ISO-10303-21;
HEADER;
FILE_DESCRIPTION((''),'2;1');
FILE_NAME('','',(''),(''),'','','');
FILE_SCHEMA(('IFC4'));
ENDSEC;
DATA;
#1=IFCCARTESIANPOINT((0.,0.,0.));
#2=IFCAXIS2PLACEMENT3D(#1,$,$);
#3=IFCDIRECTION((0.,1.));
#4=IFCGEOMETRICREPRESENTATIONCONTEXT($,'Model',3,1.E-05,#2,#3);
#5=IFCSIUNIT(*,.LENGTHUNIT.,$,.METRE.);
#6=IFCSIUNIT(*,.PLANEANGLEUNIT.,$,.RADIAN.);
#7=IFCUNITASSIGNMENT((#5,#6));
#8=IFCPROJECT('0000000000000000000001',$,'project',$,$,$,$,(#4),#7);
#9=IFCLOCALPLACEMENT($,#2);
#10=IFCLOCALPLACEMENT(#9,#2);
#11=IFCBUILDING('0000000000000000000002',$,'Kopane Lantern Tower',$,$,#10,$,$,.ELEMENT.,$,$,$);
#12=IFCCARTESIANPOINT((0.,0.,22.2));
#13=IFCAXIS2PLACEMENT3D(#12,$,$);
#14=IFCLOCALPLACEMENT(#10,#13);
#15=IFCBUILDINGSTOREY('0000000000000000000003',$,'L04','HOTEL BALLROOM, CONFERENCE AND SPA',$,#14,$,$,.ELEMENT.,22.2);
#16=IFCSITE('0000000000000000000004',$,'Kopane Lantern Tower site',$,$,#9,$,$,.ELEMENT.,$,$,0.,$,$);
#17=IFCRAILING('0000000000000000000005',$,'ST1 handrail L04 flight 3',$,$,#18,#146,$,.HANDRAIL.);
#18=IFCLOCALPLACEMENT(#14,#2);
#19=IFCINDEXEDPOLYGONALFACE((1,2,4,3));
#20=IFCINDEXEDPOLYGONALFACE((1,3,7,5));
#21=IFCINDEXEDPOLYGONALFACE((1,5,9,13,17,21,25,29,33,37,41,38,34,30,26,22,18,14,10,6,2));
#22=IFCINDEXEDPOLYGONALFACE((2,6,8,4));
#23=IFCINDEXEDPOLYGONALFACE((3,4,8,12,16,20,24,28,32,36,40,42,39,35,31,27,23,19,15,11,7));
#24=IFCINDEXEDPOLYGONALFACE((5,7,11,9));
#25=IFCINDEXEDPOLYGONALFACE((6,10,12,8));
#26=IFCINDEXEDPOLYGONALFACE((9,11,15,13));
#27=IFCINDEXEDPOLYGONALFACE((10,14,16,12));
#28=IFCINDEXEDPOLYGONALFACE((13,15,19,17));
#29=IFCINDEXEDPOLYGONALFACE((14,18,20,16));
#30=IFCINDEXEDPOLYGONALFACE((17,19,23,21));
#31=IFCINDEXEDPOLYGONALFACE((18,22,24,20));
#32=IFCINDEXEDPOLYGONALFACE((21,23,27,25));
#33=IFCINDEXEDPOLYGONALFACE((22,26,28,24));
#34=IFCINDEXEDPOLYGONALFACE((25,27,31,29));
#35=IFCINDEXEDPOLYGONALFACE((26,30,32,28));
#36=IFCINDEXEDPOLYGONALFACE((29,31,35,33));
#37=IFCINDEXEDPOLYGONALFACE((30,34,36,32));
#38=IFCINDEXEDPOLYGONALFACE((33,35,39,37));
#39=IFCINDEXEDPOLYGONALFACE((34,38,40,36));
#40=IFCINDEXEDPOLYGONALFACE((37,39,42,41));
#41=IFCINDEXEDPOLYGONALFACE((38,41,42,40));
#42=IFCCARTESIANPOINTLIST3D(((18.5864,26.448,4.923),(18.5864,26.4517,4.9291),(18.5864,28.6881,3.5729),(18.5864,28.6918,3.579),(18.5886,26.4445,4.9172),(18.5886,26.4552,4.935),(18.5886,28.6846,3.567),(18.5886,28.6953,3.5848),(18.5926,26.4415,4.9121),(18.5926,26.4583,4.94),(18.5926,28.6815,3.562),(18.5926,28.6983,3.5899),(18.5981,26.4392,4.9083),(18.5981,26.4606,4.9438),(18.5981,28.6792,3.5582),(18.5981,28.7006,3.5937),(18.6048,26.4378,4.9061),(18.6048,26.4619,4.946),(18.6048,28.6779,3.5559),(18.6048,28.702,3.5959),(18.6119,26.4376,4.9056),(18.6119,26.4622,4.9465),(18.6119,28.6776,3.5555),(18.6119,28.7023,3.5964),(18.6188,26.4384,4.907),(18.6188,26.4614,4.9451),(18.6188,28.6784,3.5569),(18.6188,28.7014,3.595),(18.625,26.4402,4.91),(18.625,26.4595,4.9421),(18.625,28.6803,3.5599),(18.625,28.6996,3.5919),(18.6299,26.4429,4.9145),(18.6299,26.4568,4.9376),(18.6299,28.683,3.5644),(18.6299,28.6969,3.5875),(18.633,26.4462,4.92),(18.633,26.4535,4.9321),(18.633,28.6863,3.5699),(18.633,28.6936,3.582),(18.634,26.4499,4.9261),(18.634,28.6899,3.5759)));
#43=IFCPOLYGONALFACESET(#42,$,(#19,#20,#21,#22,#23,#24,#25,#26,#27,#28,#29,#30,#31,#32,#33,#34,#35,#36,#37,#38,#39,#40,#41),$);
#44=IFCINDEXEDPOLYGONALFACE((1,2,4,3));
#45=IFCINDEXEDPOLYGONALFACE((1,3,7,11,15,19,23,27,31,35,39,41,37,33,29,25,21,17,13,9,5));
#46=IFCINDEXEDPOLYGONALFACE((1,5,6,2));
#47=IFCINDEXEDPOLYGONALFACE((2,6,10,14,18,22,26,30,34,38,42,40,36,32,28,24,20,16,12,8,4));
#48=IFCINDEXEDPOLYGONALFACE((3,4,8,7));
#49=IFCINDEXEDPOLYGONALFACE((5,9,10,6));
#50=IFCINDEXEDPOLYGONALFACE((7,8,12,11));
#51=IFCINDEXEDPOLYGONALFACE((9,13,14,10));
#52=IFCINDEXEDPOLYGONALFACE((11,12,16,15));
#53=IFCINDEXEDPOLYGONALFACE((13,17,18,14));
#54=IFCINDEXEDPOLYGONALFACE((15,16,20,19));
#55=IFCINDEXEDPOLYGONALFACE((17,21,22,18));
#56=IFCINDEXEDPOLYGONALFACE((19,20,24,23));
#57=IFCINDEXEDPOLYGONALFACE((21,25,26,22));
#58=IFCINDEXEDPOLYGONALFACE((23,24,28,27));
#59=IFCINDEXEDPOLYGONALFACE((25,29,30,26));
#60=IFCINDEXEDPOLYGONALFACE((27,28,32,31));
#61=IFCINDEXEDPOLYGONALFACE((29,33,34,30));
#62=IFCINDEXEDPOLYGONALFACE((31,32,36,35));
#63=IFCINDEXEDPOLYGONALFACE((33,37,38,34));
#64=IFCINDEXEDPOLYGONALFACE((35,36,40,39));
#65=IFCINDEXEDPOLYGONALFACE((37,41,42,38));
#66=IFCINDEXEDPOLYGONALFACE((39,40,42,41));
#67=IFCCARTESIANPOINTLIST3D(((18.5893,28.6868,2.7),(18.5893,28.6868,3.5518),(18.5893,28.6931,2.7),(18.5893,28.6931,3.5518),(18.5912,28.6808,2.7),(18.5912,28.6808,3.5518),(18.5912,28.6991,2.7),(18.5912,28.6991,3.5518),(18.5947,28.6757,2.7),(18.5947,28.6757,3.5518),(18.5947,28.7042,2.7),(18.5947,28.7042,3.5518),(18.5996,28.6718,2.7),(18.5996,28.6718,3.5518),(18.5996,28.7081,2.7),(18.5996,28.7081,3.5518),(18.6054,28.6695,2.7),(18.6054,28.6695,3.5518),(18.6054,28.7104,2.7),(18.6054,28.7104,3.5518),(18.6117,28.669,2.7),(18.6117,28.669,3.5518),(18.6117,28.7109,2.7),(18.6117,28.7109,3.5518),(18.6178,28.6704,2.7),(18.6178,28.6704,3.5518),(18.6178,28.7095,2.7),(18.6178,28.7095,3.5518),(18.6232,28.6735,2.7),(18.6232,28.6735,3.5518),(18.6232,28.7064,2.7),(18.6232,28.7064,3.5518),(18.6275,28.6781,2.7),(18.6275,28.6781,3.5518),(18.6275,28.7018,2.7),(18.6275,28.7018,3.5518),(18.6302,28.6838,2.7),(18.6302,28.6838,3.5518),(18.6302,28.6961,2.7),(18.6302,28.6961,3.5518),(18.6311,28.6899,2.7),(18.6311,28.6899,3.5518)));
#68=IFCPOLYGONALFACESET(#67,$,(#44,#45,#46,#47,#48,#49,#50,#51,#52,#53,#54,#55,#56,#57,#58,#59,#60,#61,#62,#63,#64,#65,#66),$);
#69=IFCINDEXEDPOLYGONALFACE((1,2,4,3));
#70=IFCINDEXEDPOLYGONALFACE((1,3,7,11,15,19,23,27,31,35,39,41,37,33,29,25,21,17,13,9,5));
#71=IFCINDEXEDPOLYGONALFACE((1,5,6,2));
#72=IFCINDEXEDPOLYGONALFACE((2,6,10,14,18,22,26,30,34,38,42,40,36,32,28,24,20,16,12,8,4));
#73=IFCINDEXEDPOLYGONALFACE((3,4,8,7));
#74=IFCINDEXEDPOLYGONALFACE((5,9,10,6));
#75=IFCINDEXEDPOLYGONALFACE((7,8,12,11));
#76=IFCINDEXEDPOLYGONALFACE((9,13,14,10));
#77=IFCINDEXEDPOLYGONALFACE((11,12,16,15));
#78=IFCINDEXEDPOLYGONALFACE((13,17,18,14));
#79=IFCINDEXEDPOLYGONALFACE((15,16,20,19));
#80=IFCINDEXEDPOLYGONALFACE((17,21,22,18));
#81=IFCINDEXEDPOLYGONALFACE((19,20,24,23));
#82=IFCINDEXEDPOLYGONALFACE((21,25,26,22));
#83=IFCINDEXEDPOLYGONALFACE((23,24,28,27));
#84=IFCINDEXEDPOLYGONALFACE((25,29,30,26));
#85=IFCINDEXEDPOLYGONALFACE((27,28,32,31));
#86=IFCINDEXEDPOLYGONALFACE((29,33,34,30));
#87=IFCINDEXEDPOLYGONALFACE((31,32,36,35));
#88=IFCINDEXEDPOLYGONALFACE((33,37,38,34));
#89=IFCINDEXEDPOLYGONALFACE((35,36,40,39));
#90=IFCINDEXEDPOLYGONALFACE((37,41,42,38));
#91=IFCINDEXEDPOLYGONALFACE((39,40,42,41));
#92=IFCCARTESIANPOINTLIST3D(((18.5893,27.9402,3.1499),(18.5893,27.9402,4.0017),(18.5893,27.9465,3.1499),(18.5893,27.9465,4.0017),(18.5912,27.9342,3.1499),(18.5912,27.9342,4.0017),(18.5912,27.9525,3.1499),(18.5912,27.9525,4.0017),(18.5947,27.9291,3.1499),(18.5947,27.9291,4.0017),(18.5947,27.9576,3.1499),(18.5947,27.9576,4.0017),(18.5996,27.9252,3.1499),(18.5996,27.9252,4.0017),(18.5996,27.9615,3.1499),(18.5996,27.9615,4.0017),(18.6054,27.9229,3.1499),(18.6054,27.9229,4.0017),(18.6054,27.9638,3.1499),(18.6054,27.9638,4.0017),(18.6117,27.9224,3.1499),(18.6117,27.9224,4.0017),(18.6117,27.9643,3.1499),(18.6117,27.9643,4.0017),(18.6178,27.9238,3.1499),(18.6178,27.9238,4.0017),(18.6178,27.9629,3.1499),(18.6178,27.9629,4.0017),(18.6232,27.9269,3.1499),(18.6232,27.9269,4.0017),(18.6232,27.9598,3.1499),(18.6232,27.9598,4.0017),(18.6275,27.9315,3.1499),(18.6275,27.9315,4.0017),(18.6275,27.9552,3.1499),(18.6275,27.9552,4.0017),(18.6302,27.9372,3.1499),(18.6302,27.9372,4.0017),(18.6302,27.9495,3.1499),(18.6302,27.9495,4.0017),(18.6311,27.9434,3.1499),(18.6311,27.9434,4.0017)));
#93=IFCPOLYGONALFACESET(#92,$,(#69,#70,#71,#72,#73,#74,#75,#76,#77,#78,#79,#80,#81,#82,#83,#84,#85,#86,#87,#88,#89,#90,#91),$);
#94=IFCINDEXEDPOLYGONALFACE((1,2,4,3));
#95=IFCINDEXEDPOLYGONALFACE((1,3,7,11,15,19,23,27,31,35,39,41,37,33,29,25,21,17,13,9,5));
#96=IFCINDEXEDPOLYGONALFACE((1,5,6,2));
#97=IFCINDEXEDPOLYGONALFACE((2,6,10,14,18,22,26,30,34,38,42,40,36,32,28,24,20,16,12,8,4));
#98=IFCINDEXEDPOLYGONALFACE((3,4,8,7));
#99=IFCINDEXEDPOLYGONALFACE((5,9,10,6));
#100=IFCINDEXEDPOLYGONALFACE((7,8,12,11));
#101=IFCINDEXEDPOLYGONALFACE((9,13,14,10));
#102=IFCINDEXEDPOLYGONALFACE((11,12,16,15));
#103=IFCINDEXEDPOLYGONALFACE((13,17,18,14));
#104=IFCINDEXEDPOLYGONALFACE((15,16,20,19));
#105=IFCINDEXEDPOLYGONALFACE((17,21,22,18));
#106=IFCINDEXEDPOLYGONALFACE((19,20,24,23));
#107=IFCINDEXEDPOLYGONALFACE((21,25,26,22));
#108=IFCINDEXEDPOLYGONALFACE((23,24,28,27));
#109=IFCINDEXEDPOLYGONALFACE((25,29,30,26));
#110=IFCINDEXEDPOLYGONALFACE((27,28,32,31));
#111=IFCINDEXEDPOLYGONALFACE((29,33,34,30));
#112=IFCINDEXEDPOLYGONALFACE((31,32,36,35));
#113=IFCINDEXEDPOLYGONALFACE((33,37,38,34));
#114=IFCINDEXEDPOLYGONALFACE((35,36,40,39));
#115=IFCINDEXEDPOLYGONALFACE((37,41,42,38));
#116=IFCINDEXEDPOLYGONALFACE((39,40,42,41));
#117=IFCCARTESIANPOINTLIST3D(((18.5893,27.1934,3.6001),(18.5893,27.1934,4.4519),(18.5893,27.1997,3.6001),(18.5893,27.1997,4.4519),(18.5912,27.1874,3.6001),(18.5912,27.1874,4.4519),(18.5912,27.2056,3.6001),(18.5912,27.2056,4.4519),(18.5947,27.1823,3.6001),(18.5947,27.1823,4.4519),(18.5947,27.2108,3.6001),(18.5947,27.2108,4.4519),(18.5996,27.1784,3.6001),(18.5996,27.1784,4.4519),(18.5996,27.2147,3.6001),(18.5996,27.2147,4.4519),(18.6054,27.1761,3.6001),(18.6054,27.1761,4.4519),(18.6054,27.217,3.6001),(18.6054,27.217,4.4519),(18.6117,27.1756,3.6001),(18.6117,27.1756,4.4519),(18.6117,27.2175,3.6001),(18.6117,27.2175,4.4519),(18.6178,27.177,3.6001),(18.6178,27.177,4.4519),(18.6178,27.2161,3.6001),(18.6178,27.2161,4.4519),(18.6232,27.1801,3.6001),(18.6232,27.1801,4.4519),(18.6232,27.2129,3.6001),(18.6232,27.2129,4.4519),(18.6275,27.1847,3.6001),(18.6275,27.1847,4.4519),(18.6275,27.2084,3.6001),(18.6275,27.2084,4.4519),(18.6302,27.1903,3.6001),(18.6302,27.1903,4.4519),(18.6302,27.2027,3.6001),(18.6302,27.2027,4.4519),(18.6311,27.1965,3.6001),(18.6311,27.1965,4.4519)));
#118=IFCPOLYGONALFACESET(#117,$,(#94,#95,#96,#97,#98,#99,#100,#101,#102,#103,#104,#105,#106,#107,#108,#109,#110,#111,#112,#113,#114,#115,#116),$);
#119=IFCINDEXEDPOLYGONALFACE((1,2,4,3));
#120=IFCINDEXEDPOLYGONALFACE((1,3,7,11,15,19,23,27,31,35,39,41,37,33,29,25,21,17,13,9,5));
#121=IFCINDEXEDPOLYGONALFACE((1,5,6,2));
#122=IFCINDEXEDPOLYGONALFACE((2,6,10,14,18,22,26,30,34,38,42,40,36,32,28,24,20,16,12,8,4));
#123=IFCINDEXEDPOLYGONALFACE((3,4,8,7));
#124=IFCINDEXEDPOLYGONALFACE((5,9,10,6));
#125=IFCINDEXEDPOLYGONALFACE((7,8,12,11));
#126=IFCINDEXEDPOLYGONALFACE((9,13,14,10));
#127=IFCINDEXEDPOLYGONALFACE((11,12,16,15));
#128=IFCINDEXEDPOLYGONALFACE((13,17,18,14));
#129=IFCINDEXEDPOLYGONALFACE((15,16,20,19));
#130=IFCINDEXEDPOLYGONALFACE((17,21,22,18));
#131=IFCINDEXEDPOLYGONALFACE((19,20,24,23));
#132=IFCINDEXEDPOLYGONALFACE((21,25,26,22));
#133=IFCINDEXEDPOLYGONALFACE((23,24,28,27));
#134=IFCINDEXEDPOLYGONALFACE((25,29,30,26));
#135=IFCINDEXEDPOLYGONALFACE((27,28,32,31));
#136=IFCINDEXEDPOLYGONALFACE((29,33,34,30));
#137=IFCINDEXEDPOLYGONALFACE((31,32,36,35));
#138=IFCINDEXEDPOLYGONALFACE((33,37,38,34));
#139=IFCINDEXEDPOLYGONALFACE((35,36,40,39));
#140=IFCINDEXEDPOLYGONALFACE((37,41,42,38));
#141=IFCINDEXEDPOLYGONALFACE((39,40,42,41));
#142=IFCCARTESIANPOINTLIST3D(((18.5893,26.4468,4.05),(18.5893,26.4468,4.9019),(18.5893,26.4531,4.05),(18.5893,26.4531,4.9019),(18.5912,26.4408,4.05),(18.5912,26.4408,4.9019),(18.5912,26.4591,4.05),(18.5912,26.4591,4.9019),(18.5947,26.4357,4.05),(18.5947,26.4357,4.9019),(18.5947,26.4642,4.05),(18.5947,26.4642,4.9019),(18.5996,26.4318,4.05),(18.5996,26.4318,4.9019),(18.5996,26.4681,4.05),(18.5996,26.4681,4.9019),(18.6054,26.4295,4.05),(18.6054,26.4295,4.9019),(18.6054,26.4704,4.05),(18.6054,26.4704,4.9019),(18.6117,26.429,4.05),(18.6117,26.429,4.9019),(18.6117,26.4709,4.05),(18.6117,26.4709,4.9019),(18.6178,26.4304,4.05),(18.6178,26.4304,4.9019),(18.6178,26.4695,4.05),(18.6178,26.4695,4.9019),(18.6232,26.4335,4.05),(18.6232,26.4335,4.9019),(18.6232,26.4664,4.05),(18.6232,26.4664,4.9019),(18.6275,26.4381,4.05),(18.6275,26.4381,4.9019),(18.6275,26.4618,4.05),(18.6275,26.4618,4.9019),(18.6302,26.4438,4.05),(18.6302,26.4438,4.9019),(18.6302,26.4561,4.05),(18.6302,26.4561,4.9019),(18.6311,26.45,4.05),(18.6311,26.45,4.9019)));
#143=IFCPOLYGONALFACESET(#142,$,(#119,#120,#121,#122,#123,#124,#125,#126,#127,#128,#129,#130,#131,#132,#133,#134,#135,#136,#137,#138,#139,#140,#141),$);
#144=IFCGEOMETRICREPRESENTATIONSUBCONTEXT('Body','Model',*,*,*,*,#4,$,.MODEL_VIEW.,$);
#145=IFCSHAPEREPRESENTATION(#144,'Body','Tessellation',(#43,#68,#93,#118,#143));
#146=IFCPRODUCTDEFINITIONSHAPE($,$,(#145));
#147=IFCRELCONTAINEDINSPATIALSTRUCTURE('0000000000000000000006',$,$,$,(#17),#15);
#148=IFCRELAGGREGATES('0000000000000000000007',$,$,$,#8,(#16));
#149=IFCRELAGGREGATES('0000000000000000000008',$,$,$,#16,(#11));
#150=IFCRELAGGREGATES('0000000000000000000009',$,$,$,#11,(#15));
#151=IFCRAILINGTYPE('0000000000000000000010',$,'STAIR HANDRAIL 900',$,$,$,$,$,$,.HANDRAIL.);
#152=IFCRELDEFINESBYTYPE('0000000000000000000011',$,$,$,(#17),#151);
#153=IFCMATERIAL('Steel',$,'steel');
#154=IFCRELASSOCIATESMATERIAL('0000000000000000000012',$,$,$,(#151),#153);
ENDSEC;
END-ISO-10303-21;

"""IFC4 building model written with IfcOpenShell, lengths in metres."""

from ifc_helpers import new_model, si_unit, direction, frame, origin, origin_2d, place, context, subcontext, project, spatial, circle, extrude, material, type_object, element, save


model = new_model("IFC4")

# Units and contexts
model_context = context("Model", 3, precision=1e-05, world=origin(), true_north=direction((0.0, 1.0)))
body_context = subcontext(model_context, "Body", "Model", "MODEL_VIEW")
ifc_project = project(units=[si_unit("LENGTHUNIT", "METRE"), si_unit("PLANEANGLEUNIT", "RADIAN")], contexts=[model_context])

# Site, building, storey
site_placement = place(None, origin())
site = spatial("IfcSite", under=ifc_project, at=site_placement, Name="Kopane Lantern Tower site", CompositionType="ELEMENT", RefElevation=0.0)
building_placement = place(site_placement, origin())
building = spatial("IfcBuilding", under=site, at=building_placement, Name="Kopane Lantern Tower", CompositionType="ELEMENT")
storey_placement = place(building_placement, frame((0.0, 0.0, 22.2)))
storey = spatial("IfcBuildingStorey", under=building, at=storey_placement, Name="L04", Description="HOTEL BALLROOM, CONFERENCE AND SPA", CompositionType="ELEMENT", Elevation=22.2)

# Railing
ifc_material_1 = material(Name="Steel", Category="steel")
railing_type_1 = type_object("IfcRailingType", Name="STAIR HANDRAIL 900", PredefinedType="HANDRAIL", material=ifc_material_1)
for number, where, name in (
    (1, (18.6101, 28.6899, 2.7), "ST1 handrail L04 flight 3"),
):
    element("IfcRailing", number, at=place(storey_placement, frame(where)), inside=storey, type_object=railing_type_1, Name=name, PredefinedType="HANDRAIL", context=body_context, shape_type="SweptSolid", body=[
        extrude(circle(Radius=0.0239, at=origin_2d()), frame((0.0, 0.0, 0.876), z_axis=(0.0, -0.856462, 0.516211), x_axis=(1.0, 0.0, 0.0)), (0.0, 0.0, 1.0), 2.6155),
        extrude(circle(Radius=0.021, at=origin_2d()), origin(), (0.0, 0.0, 1.0), 0.8518),
        extrude(circle(Radius=0.021, at=origin_2d()), frame((0.0, -0.7466, 0.45)), (0.0, 0.0, 1.0), 0.8518),
        extrude(circle(Radius=0.021, at=origin_2d()), frame((0.0, -1.4934, 0.9001)), (0.0, 0.0, 1.0), 0.8518),
        extrude(circle(Radius=0.021, at=origin_2d()), frame((0.0, -2.24, 1.3501)), (0.0, 0.0, 1.0), 0.8518),
    ])

save(model, "model.ifc")
